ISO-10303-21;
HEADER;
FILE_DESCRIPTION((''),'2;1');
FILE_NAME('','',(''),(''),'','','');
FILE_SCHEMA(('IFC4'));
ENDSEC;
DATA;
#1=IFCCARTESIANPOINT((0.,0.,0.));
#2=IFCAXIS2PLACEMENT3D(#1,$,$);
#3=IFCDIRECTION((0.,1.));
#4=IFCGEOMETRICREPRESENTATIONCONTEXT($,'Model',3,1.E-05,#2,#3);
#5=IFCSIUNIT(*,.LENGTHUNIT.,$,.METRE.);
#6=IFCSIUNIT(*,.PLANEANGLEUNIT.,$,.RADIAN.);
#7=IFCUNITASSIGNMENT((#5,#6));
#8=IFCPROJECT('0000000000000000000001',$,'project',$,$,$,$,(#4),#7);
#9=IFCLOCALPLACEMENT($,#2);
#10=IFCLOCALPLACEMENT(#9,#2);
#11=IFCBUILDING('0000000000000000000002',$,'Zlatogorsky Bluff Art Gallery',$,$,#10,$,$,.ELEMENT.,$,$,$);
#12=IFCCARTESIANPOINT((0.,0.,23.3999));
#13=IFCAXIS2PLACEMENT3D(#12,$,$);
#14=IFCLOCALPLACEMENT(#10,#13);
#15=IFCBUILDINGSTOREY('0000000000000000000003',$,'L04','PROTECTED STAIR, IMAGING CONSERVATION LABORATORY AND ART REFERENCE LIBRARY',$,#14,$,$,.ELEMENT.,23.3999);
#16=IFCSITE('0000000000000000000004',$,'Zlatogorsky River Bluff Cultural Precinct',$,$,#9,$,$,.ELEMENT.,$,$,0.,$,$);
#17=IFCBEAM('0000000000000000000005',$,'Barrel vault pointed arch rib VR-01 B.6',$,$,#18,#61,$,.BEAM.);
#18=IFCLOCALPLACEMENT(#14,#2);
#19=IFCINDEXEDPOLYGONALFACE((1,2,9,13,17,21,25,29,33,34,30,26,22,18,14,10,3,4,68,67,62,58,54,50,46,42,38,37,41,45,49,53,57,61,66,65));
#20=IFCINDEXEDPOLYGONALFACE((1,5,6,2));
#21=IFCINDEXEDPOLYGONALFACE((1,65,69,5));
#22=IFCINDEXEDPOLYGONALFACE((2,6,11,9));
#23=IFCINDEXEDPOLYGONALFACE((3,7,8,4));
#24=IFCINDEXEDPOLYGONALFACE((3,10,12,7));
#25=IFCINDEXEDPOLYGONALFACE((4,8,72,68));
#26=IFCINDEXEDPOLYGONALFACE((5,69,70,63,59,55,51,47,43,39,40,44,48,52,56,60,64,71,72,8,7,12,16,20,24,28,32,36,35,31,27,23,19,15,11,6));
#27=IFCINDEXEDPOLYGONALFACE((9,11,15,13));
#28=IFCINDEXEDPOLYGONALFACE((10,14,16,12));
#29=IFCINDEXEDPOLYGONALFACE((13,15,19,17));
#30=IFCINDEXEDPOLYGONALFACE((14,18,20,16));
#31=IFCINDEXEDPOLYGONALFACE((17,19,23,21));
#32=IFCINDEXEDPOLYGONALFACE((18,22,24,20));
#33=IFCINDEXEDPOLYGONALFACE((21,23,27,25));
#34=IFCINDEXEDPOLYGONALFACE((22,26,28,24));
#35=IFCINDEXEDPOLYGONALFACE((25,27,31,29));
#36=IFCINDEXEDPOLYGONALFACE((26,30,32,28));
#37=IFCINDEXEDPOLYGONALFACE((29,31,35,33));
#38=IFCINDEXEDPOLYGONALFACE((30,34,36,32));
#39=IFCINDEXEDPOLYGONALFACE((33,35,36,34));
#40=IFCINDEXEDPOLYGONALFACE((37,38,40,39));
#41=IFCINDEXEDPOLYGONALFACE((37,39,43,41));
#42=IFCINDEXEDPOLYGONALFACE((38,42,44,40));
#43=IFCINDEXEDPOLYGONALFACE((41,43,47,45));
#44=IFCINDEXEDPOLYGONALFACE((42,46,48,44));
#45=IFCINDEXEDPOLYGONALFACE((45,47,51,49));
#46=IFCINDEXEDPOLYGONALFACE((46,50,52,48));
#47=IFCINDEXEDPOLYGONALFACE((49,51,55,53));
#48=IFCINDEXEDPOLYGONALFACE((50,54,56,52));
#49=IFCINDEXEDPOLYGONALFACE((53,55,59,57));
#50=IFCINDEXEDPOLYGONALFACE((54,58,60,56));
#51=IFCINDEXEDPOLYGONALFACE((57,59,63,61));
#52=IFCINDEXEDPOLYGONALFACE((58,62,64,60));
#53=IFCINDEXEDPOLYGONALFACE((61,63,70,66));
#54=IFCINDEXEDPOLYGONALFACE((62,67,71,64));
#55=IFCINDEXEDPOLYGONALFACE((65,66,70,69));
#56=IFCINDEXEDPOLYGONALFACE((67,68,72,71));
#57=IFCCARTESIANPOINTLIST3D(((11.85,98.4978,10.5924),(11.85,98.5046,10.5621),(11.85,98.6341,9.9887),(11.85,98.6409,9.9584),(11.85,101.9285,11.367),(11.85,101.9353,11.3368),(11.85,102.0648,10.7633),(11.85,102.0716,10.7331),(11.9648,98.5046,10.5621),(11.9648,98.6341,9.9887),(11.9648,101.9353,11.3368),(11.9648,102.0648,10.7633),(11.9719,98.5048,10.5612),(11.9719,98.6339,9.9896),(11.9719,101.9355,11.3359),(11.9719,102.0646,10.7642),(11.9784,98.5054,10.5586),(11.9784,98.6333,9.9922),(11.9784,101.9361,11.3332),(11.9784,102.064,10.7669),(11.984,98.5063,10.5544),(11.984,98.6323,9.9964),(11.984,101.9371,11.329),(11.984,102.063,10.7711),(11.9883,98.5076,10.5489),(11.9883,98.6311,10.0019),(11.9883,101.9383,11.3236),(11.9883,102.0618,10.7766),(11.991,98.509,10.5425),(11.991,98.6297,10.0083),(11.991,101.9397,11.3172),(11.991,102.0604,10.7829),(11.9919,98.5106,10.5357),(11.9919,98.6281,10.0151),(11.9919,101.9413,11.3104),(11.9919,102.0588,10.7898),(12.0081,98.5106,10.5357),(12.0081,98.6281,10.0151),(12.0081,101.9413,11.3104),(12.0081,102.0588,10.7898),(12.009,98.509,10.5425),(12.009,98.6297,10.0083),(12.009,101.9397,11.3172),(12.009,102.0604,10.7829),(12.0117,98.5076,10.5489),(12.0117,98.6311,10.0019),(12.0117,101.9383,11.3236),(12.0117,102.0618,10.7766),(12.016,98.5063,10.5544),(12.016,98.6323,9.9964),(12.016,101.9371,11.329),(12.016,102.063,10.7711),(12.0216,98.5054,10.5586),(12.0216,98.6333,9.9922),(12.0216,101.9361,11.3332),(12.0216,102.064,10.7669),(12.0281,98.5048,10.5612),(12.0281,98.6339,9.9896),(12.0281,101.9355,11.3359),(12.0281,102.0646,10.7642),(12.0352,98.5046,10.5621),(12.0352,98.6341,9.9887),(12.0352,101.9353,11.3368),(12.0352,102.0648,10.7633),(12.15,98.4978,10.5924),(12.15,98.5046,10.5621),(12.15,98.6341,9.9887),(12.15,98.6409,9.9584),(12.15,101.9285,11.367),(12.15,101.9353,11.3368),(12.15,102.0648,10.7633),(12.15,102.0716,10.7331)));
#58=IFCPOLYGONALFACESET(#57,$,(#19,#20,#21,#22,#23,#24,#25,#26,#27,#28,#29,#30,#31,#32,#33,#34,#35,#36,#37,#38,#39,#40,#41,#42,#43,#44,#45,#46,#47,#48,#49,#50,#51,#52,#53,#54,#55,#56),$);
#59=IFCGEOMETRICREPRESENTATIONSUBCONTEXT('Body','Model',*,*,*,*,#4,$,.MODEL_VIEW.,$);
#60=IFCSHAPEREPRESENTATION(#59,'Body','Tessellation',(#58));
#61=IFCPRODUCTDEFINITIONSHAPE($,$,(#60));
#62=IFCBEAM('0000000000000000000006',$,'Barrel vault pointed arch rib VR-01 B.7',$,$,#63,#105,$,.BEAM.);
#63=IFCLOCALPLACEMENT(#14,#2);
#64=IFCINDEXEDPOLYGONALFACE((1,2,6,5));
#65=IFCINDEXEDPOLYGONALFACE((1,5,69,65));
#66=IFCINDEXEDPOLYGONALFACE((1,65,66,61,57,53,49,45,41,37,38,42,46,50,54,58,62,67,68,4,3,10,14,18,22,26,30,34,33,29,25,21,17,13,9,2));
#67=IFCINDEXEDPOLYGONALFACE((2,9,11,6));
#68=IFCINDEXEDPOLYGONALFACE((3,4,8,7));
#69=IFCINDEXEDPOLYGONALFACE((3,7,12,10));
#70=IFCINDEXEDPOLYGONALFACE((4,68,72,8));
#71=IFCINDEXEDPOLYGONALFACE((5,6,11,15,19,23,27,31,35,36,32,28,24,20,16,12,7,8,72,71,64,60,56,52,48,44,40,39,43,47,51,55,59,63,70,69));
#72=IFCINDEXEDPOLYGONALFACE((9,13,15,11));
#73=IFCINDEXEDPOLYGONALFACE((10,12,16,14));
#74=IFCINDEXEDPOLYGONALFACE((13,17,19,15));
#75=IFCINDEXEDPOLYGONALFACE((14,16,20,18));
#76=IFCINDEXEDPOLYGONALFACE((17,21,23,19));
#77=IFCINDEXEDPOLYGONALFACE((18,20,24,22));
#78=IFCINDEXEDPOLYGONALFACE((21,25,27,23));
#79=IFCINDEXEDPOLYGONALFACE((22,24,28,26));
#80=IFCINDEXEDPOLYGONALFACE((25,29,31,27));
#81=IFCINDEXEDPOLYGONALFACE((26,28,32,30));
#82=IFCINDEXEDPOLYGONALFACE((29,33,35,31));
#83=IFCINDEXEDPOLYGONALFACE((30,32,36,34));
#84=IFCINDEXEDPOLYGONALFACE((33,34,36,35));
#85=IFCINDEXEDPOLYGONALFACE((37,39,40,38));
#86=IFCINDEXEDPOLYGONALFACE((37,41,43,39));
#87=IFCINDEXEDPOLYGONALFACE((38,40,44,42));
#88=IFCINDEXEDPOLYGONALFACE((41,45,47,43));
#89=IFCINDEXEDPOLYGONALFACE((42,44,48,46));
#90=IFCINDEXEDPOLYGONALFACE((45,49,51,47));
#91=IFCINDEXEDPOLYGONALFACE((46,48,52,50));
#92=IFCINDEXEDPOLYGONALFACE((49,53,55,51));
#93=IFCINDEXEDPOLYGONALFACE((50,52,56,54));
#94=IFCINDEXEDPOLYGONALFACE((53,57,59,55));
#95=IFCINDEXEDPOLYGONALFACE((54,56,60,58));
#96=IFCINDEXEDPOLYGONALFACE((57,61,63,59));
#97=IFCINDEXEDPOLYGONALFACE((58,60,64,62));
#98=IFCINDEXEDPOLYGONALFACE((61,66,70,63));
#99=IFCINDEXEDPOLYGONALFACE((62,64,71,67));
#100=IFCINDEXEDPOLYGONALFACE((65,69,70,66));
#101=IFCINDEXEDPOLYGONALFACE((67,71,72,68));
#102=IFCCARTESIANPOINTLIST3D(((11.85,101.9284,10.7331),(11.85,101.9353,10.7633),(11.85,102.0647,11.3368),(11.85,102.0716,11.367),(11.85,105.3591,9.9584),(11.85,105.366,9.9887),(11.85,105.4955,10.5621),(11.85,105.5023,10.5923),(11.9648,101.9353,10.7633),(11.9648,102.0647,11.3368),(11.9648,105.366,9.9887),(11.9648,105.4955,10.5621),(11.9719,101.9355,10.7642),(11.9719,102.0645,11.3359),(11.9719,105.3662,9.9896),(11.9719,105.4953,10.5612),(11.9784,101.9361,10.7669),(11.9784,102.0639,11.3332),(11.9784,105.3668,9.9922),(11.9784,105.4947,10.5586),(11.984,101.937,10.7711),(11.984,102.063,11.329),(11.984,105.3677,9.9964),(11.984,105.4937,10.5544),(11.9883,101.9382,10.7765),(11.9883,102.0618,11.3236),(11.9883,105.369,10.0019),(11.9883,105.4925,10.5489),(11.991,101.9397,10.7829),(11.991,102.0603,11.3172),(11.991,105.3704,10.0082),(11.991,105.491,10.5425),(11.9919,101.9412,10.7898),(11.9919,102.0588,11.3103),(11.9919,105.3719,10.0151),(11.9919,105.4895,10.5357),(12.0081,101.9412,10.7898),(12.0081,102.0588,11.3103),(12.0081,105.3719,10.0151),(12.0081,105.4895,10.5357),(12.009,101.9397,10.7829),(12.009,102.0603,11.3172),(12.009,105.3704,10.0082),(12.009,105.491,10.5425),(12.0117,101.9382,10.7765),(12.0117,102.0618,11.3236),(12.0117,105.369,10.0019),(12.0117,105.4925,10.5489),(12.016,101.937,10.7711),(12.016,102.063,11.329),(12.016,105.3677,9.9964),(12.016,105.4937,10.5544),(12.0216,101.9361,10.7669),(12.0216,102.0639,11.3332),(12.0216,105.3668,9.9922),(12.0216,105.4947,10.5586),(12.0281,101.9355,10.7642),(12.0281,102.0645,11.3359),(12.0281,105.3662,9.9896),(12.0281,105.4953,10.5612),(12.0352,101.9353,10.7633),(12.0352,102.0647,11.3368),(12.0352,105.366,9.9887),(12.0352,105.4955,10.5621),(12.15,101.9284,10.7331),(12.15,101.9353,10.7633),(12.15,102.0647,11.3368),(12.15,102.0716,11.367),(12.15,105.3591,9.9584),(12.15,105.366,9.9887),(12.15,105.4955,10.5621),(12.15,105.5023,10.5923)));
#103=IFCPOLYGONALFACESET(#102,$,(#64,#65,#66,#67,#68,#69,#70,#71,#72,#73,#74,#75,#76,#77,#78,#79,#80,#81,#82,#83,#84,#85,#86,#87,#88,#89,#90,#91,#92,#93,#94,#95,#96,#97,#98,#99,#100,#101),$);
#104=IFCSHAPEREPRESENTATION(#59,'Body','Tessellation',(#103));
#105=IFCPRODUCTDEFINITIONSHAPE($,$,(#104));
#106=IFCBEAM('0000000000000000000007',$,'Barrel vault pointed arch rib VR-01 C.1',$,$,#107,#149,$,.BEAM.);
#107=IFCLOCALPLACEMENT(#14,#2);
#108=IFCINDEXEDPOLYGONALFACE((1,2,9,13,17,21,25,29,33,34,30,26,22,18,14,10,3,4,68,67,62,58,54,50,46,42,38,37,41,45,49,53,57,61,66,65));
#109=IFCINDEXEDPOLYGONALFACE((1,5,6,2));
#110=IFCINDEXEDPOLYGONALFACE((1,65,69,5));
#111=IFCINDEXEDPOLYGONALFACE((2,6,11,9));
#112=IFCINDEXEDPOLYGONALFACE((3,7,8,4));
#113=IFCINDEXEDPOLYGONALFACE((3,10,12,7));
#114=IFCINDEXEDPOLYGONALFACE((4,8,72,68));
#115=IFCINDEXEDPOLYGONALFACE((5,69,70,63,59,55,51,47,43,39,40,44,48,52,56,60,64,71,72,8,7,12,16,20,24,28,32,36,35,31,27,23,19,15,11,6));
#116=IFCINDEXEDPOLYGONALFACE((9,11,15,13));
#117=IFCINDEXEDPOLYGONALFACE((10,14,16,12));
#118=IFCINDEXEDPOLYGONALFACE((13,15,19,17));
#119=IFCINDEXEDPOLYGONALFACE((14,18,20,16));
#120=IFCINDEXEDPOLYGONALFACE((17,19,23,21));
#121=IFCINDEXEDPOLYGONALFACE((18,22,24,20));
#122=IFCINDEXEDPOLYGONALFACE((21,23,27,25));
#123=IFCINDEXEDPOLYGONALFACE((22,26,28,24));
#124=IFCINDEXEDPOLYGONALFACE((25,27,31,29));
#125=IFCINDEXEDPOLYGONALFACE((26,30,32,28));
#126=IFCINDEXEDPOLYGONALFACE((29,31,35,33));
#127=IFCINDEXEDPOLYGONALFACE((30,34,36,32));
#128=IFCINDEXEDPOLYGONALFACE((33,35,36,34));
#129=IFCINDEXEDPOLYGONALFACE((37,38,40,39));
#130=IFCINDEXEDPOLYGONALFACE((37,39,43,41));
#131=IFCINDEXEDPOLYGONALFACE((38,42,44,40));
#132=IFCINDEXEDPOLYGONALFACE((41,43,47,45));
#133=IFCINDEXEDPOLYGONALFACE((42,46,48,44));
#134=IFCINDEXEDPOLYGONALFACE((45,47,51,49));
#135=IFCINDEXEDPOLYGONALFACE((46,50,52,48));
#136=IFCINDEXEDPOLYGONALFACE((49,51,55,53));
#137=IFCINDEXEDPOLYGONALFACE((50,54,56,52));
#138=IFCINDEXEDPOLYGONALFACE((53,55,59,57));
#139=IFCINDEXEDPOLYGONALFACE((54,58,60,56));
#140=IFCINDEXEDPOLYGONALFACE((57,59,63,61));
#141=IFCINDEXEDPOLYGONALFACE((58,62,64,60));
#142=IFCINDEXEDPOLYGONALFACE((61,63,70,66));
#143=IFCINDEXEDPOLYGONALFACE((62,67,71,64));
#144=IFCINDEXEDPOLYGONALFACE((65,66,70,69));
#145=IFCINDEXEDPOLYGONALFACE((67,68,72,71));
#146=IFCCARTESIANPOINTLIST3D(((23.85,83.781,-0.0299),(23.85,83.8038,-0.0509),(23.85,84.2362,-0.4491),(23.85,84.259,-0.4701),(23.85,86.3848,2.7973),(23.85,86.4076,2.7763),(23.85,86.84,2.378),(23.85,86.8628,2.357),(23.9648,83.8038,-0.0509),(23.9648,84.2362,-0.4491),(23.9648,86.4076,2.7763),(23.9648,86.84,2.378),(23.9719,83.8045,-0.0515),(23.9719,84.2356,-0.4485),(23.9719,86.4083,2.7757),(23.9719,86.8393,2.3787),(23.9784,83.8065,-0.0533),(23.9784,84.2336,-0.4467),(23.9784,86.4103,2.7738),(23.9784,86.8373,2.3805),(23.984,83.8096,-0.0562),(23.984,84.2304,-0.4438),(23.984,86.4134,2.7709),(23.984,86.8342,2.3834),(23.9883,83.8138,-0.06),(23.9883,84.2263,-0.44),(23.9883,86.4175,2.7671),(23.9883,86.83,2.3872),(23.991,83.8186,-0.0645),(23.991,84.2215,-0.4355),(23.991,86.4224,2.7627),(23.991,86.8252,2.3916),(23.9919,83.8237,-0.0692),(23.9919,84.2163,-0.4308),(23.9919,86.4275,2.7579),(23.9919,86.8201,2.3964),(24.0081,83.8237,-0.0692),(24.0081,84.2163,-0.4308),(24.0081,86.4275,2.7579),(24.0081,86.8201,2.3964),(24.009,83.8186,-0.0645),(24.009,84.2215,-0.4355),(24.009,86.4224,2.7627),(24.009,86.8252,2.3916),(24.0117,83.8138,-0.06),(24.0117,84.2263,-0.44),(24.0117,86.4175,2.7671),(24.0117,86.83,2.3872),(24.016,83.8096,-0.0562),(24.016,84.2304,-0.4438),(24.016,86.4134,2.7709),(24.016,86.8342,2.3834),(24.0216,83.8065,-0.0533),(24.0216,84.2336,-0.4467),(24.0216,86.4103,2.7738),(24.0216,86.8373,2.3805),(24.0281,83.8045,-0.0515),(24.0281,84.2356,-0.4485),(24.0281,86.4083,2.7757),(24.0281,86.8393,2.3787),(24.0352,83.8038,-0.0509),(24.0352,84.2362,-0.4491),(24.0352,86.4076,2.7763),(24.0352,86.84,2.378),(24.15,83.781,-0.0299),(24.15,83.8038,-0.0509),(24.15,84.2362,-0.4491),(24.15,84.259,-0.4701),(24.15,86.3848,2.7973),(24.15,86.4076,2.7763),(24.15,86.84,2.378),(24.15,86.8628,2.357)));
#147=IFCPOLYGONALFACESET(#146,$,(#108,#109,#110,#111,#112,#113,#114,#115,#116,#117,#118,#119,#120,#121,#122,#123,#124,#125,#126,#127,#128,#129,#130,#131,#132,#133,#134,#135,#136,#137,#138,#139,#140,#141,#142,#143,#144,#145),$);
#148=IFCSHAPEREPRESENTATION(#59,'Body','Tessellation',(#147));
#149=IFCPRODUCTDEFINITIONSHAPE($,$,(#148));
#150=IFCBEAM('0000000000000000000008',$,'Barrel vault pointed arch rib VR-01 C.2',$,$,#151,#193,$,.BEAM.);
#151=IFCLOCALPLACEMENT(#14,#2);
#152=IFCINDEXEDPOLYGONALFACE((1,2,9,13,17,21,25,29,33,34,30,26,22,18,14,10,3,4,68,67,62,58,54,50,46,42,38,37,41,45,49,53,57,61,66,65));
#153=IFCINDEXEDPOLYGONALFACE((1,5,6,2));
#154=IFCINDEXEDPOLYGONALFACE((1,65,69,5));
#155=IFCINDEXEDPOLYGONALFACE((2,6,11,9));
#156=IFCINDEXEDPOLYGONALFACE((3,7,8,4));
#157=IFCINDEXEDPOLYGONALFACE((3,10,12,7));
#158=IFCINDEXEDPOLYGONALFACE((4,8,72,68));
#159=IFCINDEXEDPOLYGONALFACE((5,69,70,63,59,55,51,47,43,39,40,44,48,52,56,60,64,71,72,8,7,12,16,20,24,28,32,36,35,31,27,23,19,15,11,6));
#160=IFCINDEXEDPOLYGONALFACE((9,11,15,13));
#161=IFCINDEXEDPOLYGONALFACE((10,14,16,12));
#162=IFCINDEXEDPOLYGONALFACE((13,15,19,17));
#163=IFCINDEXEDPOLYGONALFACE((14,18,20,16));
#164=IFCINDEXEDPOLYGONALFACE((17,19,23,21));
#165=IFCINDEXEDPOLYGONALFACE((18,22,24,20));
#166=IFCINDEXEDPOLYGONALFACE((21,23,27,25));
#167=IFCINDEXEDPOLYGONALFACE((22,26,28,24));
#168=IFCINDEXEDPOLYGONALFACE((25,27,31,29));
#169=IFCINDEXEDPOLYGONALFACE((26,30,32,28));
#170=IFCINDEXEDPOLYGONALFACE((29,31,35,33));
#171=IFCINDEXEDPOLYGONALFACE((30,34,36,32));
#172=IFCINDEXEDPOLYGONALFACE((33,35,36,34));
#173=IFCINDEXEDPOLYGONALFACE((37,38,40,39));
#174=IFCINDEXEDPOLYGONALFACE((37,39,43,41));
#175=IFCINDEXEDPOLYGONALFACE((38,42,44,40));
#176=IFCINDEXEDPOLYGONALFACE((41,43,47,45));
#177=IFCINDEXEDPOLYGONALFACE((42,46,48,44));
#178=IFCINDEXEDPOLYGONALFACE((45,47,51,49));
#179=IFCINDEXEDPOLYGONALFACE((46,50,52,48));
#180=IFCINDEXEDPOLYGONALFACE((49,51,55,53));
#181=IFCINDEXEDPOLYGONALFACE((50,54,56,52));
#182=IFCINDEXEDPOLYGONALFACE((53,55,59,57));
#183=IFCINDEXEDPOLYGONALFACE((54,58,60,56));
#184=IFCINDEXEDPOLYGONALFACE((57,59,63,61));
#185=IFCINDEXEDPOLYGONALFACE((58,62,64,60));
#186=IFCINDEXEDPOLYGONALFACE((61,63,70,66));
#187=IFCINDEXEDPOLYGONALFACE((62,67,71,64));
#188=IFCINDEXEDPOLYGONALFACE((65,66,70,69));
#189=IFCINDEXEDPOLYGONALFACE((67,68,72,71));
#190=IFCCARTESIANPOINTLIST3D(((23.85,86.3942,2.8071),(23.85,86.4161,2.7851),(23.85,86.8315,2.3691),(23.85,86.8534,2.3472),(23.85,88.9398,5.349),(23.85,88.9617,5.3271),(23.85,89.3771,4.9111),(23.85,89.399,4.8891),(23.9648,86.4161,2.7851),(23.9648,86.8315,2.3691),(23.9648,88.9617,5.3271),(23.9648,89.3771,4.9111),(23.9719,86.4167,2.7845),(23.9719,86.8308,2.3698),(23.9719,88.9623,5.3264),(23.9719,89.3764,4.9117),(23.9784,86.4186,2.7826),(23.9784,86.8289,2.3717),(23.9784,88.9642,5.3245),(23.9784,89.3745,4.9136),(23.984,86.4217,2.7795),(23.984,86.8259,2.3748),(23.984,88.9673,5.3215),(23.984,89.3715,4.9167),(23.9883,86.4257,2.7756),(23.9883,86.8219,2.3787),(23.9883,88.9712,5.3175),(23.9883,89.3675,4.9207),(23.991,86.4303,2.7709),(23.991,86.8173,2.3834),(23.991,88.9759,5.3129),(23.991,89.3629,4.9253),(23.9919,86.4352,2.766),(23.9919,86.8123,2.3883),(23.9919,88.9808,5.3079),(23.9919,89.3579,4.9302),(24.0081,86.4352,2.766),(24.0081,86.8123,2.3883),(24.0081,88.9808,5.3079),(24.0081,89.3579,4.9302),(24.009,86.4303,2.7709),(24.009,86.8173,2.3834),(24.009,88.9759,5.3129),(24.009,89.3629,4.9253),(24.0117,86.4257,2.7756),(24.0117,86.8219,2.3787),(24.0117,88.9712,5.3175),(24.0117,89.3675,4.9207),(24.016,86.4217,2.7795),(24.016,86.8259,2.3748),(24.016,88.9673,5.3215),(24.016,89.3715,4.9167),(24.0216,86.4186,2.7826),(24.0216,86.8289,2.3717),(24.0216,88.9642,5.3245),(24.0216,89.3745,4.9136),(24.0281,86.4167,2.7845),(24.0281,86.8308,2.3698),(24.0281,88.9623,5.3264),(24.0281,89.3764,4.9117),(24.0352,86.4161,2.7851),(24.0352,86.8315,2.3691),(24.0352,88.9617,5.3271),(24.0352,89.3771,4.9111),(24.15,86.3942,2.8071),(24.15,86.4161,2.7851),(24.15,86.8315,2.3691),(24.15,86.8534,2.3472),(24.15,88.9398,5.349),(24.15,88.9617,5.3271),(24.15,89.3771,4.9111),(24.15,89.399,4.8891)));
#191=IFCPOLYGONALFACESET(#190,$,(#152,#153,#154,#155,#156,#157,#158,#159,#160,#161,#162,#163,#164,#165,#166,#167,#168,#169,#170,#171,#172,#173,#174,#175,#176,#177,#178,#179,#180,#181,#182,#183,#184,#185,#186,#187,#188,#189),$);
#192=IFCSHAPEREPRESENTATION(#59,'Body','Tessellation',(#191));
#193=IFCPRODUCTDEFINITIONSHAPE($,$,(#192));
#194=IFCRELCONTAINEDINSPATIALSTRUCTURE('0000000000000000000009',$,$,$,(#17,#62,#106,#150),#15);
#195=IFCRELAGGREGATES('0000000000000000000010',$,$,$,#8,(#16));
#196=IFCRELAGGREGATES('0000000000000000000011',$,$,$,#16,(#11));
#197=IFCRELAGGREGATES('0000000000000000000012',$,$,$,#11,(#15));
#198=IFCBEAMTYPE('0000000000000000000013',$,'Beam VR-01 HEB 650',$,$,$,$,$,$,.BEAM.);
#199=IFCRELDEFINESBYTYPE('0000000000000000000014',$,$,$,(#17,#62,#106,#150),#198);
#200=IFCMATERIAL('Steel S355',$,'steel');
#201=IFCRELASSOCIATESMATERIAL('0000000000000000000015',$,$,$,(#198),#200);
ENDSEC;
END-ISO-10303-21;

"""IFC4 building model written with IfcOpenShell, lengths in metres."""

from ifc_helpers import new_model, si_unit, direction, frame, origin, origin_2d, place, context, subcontext, project, spatial, i_section, extrude, material, material_profile, profile_set, type_object, element, save


model = new_model("IFC4")

# Units and contexts
model_context = context("Model", 3, precision=1e-05, world=origin(), true_north=direction((0.0, 1.0)))
body_context = subcontext(model_context, "Body", "Model", "MODEL_VIEW")
ifc_project = project(units=[si_unit("LENGTHUNIT", "METRE"), si_unit("PLANEANGLEUNIT", "RADIAN")], contexts=[model_context])

# Site, building, storey
site_placement = place(None, origin())
site = spatial("IfcSite", under=ifc_project, at=site_placement, Name="Zlatogorsky River Bluff Cultural Precinct", CompositionType="ELEMENT", RefElevation=0.0)
building_placement = place(site_placement, origin())
building = spatial("IfcBuilding", under=site, at=building_placement, Name="Zlatogorsky Bluff Art Gallery", CompositionType="ELEMENT")
storey_placement = place(building_placement, frame((0.0, 0.0, 23.3999)))
storey = spatial("IfcBuildingStorey", under=building, at=storey_placement, Name="L04", Description="PROTECTED STAIR, IMAGING CONSERVATION LABORATORY AND ART REFERENCE LIBRARY", CompositionType="ELEMENT", Elevation=23.3999)

# Beams
ifc_material_1 = material(Name="Steel S355", Category="steel")
ifc_material_profile_1 = material_profile(ifc_material_1, i_section(OverallWidth=0.3, OverallDepth=0.6499, WebThickness=0.0161, FlangeThickness=0.031, FilletRadius=0.0271, at=origin_2d()), Name="HEB 650")
ifc_profile_set_1 = profile_set([ifc_material_profile_1], Name="Steel S355")
beam_type_1 = type_object("IfcBeamType", Name="Beam VR-01 HEB 650", PredefinedType="BEAM", material=ifc_profile_set_1)
for number, where, z_axis, x_axis, name in (
    (1, (12.0, 98.5693, 10.2754), (0.0, 0.975441, 0.220259), (-1.0, 0.0, 0.0), "Barrel vault pointed arch rib VR-01 B.6"),
    (2, (12.0, 102.0, 11.05), (0.0, 0.975441, -0.220259), (-1.0, 0.0, 0.0), "Barrel vault pointed arch rib VR-01 B.7"),
):
    element("IfcBeam", number, at=place(storey_placement, frame(where, z_axis=z_axis, x_axis=x_axis)), inside=storey, type_object=beam_type_1, Name=name, PredefinedType="BEAM", context=body_context, shape_type="SweptSolid", body=[
        extrude(i_section(OverallWidth=0.3, OverallDepth=0.6499, WebThickness=0.0161, FlangeThickness=0.031, FilletRadius=0.0271, at=origin_2d()), origin(), (0.0, 0.0, 1.0), 3.5171),
    ])
beam_1_placement = place(storey_placement, frame((24.0, 84.02, -0.25), z_axis=(0.0, 0.677449, 0.73557), x_axis=(-1.0, 0.0, 0.0)))
element("IfcBeam", 3, at=beam_1_placement, inside=storey, type_object=beam_type_1, Name="Barrel vault pointed arch rib VR-01 C.1", PredefinedType="BEAM", context=body_context, shape_type="SweptSolid", body=[
    extrude(i_section(OverallWidth=0.3, OverallDepth=0.6499, WebThickness=0.0161, FlangeThickness=0.031, FilletRadius=0.0271, at=origin_2d()), origin(), (0.0, 0.0, 1.0), 3.8435),
])
beam_2_placement = place(storey_placement, frame((24.0, 86.6238, 2.5771), z_axis=(0.0, 0.707616, 0.706598), x_axis=(-1.0, 0.0, 0.0)))
element("IfcBeam", 4, at=beam_2_placement, inside=storey, type_object=beam_type_1, Name="Barrel vault pointed arch rib VR-01 C.2", PredefinedType="BEAM", context=body_context, shape_type="SweptSolid", body=[
    extrude(i_section(OverallWidth=0.3, OverallDepth=0.6499, WebThickness=0.0161, FlangeThickness=0.031, FilletRadius=0.0271, at=origin_2d()), origin(), (0.0, 0.0, 1.0), 3.5974),
])

save(model, "model.ifc")
